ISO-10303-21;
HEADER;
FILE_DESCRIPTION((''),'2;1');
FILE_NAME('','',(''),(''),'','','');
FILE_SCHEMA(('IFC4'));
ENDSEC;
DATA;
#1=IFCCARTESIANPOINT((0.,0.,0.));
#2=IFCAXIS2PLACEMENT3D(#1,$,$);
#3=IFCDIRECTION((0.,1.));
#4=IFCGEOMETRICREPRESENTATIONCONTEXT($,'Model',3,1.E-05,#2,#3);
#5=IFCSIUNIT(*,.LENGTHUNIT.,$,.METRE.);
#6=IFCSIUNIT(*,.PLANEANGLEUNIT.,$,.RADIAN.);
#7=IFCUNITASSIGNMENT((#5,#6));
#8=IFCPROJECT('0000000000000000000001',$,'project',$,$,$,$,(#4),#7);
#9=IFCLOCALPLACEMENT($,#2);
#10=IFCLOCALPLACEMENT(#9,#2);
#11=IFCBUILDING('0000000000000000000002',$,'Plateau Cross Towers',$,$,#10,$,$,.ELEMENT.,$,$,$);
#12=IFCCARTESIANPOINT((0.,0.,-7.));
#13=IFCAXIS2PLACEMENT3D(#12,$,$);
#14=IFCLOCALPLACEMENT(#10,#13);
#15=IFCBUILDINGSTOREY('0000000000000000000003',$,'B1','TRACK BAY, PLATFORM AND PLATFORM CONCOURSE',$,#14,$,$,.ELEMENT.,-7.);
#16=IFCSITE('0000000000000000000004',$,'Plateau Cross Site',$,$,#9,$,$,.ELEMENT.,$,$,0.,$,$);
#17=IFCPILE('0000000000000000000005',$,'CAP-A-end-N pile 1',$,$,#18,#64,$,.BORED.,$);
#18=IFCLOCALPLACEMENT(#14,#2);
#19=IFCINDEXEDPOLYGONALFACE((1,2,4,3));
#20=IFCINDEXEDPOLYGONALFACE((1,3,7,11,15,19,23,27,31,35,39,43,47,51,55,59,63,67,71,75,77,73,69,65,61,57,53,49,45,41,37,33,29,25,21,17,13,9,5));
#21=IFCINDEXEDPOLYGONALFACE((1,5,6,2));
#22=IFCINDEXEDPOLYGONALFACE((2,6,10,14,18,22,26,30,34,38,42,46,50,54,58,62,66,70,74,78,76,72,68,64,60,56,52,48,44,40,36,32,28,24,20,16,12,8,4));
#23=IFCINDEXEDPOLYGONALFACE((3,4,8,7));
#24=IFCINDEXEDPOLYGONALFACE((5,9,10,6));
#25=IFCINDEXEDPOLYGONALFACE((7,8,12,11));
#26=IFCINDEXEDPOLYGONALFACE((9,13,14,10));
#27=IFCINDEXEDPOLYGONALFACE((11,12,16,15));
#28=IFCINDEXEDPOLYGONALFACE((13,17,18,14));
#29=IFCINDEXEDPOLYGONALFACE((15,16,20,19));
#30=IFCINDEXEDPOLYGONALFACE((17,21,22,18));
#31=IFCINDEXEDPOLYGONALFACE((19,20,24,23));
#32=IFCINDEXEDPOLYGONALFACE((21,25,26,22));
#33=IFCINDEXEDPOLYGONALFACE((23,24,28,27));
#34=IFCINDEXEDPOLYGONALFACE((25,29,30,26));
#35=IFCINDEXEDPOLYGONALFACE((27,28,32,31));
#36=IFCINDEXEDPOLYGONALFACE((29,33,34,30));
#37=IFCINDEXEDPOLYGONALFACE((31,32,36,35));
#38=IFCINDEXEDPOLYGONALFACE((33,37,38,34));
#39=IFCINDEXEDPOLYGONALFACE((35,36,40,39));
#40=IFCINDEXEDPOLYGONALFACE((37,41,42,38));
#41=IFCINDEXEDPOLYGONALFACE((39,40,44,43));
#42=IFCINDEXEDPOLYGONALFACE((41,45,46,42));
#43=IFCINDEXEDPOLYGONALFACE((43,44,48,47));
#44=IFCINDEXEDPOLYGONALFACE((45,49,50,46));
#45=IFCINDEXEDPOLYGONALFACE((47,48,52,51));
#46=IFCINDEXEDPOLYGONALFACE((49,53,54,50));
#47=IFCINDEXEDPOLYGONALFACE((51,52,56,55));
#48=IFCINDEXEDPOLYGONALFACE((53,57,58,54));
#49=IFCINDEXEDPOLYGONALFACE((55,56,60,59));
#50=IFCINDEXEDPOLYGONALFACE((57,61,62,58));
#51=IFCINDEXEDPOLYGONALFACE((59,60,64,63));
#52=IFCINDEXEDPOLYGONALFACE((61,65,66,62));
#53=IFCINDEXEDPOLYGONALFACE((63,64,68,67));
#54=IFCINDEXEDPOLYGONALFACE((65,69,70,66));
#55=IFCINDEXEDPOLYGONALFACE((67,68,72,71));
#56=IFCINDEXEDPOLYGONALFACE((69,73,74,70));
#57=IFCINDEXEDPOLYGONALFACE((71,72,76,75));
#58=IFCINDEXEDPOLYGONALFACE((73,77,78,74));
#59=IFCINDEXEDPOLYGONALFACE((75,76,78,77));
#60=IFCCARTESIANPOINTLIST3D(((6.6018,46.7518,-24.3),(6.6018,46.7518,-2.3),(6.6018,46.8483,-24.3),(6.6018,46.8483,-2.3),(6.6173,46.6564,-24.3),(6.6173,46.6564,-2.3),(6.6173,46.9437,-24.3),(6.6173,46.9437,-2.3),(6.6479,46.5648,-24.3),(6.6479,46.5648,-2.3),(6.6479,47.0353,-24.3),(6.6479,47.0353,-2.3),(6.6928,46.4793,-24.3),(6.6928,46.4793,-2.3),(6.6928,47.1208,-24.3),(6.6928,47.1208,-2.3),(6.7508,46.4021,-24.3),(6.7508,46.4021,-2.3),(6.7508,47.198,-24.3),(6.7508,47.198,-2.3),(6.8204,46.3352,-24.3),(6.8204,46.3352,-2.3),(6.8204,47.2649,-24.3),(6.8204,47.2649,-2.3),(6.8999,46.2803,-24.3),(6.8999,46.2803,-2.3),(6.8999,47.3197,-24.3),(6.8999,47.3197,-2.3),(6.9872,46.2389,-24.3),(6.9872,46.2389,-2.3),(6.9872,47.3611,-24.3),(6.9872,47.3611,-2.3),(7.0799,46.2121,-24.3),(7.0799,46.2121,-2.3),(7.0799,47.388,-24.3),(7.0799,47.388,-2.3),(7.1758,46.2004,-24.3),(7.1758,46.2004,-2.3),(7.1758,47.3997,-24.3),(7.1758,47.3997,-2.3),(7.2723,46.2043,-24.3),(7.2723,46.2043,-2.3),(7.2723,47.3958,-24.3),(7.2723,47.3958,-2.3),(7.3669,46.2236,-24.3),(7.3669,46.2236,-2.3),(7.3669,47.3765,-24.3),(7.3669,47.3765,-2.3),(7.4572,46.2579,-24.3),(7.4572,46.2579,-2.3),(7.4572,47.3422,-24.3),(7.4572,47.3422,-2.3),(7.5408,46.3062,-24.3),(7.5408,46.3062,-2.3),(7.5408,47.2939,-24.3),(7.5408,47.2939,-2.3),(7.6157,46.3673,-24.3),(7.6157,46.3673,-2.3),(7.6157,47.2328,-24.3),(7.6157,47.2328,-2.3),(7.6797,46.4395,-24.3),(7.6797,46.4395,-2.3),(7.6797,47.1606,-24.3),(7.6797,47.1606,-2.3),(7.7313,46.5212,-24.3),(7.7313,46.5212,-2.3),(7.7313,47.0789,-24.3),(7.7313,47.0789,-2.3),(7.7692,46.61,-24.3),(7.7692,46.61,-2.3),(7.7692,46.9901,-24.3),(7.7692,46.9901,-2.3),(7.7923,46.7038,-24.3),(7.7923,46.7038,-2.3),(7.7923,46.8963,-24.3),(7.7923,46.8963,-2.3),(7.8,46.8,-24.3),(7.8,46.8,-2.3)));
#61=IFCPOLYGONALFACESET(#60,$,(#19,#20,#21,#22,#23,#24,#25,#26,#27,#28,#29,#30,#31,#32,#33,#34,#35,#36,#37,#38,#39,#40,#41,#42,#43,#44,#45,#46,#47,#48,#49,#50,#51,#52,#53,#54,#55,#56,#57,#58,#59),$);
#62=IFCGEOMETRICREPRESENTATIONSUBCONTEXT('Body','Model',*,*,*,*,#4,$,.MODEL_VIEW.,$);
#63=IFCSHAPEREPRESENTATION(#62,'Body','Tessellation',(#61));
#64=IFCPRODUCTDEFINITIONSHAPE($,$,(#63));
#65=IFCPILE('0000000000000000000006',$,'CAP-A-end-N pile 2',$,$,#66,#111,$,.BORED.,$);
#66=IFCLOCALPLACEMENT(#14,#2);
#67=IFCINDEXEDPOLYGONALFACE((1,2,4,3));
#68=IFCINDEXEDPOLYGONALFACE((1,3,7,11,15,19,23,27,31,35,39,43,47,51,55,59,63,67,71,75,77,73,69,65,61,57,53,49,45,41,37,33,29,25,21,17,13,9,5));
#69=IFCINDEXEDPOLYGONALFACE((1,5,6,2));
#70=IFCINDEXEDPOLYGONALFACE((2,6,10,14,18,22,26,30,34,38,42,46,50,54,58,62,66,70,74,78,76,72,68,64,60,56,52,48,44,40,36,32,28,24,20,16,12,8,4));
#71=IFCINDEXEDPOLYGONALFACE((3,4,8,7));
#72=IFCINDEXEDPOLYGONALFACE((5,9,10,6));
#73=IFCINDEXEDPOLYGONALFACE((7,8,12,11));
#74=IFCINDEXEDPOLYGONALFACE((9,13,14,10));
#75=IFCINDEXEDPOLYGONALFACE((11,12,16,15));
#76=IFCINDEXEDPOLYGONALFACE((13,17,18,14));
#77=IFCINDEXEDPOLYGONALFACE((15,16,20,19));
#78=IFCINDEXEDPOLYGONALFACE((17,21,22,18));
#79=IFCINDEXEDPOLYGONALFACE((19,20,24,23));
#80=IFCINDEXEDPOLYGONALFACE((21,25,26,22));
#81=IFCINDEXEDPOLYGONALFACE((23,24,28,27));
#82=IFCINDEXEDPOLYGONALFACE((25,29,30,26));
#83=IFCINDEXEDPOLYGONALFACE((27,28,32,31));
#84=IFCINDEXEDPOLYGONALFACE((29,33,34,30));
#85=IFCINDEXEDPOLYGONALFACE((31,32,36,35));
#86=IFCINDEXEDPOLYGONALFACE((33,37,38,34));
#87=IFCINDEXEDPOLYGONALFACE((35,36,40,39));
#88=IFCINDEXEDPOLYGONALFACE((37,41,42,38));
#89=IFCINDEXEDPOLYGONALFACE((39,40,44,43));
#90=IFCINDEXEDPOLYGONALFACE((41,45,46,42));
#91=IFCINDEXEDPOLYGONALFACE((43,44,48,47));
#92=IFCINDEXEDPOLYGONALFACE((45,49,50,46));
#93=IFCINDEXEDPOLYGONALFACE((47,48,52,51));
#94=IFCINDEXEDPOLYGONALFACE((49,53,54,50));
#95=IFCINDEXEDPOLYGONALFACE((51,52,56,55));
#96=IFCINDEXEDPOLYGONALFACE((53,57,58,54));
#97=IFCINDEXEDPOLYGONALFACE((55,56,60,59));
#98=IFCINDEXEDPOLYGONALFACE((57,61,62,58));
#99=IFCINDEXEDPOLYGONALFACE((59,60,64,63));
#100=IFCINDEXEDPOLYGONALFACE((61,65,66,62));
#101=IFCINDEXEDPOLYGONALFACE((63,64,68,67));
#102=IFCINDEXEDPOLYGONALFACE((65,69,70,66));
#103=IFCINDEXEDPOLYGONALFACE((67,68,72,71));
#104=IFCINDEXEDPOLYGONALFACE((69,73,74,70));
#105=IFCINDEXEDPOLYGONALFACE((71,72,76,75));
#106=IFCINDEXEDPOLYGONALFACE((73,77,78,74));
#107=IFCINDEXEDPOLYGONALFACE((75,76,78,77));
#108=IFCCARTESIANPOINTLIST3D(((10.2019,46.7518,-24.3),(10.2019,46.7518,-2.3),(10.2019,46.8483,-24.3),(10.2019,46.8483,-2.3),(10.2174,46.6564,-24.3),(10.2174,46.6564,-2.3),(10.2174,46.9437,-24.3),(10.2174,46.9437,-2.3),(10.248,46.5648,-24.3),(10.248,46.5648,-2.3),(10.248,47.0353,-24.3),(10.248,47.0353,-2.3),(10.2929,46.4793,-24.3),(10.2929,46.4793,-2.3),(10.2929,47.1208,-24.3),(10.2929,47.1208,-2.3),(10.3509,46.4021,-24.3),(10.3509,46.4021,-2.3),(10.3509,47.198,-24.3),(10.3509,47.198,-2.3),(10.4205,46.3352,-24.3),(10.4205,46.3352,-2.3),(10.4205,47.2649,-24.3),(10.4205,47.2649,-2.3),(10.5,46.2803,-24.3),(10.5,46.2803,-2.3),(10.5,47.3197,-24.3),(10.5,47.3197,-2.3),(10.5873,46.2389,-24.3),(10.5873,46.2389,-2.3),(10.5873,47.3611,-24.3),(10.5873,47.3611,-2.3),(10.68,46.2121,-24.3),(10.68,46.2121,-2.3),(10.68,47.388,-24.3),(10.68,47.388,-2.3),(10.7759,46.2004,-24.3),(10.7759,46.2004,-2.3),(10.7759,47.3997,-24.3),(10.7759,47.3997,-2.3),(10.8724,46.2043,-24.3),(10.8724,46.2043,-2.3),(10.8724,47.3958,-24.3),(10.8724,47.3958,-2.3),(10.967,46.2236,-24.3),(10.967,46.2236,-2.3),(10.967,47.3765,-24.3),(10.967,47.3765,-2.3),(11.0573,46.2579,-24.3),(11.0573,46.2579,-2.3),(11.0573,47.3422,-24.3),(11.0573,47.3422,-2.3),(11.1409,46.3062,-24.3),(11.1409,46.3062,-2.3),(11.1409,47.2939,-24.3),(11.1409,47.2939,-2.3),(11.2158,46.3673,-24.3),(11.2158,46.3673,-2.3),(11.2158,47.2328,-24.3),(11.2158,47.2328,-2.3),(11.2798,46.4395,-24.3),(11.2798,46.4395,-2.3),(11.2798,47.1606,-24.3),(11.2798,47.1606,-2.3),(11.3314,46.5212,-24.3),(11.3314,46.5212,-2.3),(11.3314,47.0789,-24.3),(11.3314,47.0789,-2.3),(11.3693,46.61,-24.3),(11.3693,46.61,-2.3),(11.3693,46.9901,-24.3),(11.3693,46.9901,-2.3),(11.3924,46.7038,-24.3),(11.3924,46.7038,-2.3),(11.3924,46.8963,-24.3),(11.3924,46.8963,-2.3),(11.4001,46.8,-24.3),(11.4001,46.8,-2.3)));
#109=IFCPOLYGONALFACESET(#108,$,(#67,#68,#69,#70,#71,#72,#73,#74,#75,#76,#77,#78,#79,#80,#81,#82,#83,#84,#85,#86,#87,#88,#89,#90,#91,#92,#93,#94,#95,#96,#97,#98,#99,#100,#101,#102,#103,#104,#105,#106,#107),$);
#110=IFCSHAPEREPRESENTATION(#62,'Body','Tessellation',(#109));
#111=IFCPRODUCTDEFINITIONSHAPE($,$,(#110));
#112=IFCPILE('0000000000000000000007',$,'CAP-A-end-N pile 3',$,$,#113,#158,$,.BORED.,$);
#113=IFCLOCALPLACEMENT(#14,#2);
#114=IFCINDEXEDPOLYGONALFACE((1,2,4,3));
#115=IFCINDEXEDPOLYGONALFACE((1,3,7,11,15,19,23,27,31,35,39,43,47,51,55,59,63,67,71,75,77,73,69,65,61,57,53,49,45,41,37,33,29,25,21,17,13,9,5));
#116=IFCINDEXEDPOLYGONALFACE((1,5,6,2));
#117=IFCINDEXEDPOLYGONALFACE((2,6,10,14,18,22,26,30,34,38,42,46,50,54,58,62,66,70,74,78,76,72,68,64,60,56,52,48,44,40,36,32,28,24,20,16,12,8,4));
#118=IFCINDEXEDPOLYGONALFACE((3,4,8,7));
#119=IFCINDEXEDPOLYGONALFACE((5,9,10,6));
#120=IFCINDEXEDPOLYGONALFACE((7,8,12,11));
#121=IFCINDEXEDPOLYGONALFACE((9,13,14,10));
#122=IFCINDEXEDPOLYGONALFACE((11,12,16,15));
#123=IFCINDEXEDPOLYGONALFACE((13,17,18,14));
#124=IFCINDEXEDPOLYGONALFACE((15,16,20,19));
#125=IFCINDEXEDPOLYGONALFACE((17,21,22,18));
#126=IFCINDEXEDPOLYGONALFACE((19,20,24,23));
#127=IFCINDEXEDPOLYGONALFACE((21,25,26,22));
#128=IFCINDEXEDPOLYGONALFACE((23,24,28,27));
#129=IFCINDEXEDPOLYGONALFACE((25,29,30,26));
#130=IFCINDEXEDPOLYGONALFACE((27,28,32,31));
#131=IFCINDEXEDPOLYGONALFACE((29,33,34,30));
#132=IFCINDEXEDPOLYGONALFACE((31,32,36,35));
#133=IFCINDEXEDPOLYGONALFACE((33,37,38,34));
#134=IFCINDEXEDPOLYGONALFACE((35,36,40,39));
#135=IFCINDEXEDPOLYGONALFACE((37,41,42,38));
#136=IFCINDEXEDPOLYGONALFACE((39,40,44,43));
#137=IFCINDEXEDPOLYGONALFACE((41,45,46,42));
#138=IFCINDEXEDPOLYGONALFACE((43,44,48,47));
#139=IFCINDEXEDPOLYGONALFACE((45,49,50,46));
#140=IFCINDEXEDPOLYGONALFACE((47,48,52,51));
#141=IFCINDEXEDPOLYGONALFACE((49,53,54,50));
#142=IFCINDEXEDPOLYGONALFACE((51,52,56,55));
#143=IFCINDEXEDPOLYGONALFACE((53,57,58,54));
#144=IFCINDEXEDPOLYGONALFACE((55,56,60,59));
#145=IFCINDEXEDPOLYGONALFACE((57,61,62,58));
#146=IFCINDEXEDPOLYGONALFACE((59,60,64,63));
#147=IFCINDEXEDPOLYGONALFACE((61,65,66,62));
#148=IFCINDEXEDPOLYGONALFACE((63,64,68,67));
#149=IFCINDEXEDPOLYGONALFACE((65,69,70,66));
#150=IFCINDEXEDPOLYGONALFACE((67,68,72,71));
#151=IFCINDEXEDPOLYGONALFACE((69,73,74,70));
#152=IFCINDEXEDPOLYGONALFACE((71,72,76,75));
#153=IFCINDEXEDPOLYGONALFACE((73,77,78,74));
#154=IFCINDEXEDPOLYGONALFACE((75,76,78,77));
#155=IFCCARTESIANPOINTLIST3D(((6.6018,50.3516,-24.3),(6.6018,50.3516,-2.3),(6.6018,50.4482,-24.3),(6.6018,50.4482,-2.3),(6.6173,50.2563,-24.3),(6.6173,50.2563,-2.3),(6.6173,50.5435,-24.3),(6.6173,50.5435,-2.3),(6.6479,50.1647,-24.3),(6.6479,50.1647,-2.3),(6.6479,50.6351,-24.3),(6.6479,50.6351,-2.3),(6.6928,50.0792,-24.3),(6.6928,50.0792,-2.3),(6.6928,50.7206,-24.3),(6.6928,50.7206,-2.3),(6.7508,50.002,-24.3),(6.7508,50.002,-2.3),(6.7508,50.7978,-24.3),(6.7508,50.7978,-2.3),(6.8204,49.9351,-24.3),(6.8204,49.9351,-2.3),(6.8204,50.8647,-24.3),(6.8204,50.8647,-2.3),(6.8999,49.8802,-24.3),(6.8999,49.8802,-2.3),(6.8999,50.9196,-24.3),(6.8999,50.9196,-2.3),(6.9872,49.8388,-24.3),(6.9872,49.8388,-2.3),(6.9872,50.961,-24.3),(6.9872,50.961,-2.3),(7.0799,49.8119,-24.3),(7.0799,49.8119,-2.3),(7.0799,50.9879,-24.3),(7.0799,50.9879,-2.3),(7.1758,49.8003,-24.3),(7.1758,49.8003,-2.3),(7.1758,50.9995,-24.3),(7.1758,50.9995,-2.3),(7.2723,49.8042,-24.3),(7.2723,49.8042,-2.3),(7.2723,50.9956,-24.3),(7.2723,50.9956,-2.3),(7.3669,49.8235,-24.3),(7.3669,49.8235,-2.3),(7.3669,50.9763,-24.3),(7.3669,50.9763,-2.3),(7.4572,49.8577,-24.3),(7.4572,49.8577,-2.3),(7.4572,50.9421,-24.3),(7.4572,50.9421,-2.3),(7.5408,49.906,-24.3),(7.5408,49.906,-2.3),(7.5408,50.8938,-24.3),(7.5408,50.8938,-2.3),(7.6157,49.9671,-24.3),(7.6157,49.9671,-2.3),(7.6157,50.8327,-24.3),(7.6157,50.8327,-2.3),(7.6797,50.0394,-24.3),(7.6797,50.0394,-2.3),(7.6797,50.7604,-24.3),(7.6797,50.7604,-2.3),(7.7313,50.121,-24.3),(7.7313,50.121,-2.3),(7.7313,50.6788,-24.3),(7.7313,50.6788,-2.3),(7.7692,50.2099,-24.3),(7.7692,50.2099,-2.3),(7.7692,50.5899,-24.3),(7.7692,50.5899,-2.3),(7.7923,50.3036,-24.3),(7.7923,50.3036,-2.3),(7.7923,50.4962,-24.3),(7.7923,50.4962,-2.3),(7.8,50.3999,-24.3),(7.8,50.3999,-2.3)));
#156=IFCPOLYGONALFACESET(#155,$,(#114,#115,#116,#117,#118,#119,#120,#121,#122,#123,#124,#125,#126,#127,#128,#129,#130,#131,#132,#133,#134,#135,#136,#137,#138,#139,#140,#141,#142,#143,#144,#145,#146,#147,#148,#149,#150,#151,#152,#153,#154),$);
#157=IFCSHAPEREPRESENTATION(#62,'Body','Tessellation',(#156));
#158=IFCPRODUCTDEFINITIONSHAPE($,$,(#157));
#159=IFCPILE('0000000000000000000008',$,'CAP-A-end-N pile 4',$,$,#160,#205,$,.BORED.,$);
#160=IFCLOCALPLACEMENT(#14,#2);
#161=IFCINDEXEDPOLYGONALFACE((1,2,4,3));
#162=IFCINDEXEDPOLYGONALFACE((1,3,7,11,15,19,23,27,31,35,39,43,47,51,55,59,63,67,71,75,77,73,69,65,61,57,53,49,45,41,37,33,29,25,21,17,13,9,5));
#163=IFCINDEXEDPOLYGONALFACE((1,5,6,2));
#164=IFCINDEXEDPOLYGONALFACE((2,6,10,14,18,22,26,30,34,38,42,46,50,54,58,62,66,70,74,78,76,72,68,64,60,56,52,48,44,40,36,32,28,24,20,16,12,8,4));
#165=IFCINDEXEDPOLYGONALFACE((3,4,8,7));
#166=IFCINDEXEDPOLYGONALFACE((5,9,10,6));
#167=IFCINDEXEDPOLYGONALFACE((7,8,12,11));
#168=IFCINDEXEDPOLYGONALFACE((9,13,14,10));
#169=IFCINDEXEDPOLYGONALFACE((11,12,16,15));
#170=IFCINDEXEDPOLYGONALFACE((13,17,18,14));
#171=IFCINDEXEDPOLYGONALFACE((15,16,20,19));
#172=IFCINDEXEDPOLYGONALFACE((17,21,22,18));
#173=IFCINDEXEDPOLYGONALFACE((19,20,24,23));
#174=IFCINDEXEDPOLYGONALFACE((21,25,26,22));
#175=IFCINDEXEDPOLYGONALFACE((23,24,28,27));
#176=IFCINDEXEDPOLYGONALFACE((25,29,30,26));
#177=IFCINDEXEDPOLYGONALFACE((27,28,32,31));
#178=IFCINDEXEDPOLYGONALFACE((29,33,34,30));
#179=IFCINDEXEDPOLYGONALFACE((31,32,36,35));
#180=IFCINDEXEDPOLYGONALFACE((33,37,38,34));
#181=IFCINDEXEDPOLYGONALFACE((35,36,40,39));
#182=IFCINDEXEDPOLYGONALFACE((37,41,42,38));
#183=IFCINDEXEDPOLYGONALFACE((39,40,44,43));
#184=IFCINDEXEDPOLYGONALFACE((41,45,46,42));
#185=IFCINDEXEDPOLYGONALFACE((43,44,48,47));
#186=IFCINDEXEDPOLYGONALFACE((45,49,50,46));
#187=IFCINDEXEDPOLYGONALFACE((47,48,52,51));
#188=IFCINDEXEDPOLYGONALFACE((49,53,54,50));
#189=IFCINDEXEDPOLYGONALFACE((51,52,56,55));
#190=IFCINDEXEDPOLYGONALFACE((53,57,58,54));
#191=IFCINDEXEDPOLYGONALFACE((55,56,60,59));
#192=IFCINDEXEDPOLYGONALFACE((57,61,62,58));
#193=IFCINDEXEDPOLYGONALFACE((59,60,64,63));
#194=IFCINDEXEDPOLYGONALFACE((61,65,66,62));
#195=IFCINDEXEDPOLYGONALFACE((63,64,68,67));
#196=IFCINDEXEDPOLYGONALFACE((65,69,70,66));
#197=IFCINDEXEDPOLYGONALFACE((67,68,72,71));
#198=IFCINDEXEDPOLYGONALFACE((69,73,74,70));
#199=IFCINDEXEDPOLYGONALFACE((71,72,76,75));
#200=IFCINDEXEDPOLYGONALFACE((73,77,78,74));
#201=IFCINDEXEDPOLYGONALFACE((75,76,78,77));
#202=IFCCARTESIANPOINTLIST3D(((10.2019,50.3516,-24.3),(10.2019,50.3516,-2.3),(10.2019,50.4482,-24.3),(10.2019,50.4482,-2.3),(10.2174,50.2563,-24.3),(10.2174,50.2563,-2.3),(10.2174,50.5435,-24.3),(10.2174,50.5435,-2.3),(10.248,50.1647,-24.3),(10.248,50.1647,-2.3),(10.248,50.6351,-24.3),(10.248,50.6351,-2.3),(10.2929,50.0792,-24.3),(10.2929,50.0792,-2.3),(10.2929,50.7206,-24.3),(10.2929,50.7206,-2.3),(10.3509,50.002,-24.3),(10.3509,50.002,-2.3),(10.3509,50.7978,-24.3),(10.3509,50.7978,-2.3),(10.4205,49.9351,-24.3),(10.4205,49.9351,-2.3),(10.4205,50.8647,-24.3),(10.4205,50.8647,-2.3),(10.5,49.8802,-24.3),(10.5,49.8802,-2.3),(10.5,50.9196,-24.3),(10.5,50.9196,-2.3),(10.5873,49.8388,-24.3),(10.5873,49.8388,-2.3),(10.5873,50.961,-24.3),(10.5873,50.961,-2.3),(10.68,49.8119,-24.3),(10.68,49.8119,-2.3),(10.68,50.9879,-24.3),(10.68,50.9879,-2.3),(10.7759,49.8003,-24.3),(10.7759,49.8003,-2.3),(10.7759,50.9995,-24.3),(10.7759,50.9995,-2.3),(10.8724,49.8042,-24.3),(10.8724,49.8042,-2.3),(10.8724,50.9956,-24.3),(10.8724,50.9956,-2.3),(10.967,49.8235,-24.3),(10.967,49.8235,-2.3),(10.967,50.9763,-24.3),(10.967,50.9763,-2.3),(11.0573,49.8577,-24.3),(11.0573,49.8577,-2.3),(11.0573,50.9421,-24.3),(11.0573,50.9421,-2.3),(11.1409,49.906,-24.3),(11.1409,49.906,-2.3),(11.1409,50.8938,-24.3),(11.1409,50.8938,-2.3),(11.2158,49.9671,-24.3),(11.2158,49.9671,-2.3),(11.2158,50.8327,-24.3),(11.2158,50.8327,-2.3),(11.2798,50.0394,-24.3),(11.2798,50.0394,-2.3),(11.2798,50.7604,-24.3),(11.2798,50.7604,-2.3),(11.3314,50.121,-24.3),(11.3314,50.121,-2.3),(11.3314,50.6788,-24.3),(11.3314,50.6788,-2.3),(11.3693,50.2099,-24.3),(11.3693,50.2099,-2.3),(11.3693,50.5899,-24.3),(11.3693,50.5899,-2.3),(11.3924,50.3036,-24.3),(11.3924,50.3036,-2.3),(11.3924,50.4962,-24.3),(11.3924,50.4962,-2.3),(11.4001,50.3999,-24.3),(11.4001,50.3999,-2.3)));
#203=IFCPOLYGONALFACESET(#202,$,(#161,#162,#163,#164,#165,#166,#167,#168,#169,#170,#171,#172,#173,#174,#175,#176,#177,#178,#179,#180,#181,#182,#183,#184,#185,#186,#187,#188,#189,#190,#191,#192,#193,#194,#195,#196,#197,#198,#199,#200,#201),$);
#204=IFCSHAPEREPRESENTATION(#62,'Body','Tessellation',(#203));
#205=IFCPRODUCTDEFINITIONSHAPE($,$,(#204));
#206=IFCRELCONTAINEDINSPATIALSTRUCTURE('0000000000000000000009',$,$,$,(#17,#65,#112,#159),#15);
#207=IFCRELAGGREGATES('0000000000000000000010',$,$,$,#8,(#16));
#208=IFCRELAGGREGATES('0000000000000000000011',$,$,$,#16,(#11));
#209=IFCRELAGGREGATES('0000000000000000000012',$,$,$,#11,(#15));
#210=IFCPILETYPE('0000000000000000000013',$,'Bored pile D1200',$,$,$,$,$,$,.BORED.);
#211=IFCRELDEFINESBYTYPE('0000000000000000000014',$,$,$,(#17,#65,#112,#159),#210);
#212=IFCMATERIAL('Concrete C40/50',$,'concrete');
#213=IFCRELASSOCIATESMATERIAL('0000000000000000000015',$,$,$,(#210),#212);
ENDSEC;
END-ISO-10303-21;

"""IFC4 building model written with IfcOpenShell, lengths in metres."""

from ifc_helpers import new_model, si_unit, direction, frame, origin, origin_2d, place, context, subcontext, project, spatial, circle, extrude, material, material_profile, profile_set, type_object, element, save


model = new_model("IFC4")

# Units and contexts
model_context = context("Model", 3, precision=1e-05, world=origin(), true_north=direction((0.0, 1.0)))
body_context = subcontext(model_context, "Body", "Model", "MODEL_VIEW")
ifc_project = project(units=[si_unit("LENGTHUNIT", "METRE"), si_unit("PLANEANGLEUNIT", "RADIAN")], contexts=[model_context])

# Site, building, storey
site_placement = place(None, origin())
site = spatial("IfcSite", under=ifc_project, at=site_placement, Name="Plateau Cross Site", CompositionType="ELEMENT", RefElevation=0.0)
building_placement = place(site_placement, origin())
building = spatial("IfcBuilding", under=site, at=building_placement, Name="Plateau Cross Towers", CompositionType="ELEMENT")
storey_placement = place(building_placement, frame((0.0, 0.0, -7.0)))
storey = spatial("IfcBuildingStorey", under=building, at=storey_placement, Name="B1", Description="TRACK BAY, PLATFORM AND PLATFORM CONCOURSE", CompositionType="ELEMENT", Elevation=-7.0)

# Piles
ifc_material_1 = material(Name="Concrete C40/50", Category="concrete")
ifc_material_profile_1 = material_profile(ifc_material_1, circle(Radius=0.6001, at=origin_2d()), Name="Bored pile D1200")
ifc_profile_set_1 = profile_set([ifc_material_profile_1], Name="Concrete C40/50")
pile_type = type_object("IfcPileType", Name="Bored pile D1200", PredefinedType="BORED", material=ifc_profile_set_1)
for number, where, z_axis, x_axis, name in (
    (1, (7.2, 46.8, -2.3), (0.0, 0.0, -1.0), (1.0, 0.0, 0.0), "CAP-A-end-N pile 1"),
    (2, (10.8, 46.8, -2.3), (0.0, 0.0, -1.0), (1.0, 0.0, 0.0), "CAP-A-end-N pile 2"),
    (3, (7.2, 50.3999, -2.3), (0.0, 0.0, -1.0), (1.0, 0.0, 0.0), "CAP-A-end-N pile 3"),
    (4, (10.8, 50.3999, -2.3), (0.0, 0.0, -1.0), (1.0, 0.0, 0.0), "CAP-A-end-N pile 4"),
):
    element("IfcPile", number, at=place(storey_placement, frame(where, z_axis=z_axis, x_axis=x_axis)), inside=storey, type_object=pile_type, Name=name, PredefinedType="BORED", context=body_context, shape_type="SweptSolid", body=[
        extrude(circle(Radius=0.6001, at=origin_2d()), origin(), (0.0, 0.0, 1.0), 22.0),
    ])

save(model, "model.ifc")
